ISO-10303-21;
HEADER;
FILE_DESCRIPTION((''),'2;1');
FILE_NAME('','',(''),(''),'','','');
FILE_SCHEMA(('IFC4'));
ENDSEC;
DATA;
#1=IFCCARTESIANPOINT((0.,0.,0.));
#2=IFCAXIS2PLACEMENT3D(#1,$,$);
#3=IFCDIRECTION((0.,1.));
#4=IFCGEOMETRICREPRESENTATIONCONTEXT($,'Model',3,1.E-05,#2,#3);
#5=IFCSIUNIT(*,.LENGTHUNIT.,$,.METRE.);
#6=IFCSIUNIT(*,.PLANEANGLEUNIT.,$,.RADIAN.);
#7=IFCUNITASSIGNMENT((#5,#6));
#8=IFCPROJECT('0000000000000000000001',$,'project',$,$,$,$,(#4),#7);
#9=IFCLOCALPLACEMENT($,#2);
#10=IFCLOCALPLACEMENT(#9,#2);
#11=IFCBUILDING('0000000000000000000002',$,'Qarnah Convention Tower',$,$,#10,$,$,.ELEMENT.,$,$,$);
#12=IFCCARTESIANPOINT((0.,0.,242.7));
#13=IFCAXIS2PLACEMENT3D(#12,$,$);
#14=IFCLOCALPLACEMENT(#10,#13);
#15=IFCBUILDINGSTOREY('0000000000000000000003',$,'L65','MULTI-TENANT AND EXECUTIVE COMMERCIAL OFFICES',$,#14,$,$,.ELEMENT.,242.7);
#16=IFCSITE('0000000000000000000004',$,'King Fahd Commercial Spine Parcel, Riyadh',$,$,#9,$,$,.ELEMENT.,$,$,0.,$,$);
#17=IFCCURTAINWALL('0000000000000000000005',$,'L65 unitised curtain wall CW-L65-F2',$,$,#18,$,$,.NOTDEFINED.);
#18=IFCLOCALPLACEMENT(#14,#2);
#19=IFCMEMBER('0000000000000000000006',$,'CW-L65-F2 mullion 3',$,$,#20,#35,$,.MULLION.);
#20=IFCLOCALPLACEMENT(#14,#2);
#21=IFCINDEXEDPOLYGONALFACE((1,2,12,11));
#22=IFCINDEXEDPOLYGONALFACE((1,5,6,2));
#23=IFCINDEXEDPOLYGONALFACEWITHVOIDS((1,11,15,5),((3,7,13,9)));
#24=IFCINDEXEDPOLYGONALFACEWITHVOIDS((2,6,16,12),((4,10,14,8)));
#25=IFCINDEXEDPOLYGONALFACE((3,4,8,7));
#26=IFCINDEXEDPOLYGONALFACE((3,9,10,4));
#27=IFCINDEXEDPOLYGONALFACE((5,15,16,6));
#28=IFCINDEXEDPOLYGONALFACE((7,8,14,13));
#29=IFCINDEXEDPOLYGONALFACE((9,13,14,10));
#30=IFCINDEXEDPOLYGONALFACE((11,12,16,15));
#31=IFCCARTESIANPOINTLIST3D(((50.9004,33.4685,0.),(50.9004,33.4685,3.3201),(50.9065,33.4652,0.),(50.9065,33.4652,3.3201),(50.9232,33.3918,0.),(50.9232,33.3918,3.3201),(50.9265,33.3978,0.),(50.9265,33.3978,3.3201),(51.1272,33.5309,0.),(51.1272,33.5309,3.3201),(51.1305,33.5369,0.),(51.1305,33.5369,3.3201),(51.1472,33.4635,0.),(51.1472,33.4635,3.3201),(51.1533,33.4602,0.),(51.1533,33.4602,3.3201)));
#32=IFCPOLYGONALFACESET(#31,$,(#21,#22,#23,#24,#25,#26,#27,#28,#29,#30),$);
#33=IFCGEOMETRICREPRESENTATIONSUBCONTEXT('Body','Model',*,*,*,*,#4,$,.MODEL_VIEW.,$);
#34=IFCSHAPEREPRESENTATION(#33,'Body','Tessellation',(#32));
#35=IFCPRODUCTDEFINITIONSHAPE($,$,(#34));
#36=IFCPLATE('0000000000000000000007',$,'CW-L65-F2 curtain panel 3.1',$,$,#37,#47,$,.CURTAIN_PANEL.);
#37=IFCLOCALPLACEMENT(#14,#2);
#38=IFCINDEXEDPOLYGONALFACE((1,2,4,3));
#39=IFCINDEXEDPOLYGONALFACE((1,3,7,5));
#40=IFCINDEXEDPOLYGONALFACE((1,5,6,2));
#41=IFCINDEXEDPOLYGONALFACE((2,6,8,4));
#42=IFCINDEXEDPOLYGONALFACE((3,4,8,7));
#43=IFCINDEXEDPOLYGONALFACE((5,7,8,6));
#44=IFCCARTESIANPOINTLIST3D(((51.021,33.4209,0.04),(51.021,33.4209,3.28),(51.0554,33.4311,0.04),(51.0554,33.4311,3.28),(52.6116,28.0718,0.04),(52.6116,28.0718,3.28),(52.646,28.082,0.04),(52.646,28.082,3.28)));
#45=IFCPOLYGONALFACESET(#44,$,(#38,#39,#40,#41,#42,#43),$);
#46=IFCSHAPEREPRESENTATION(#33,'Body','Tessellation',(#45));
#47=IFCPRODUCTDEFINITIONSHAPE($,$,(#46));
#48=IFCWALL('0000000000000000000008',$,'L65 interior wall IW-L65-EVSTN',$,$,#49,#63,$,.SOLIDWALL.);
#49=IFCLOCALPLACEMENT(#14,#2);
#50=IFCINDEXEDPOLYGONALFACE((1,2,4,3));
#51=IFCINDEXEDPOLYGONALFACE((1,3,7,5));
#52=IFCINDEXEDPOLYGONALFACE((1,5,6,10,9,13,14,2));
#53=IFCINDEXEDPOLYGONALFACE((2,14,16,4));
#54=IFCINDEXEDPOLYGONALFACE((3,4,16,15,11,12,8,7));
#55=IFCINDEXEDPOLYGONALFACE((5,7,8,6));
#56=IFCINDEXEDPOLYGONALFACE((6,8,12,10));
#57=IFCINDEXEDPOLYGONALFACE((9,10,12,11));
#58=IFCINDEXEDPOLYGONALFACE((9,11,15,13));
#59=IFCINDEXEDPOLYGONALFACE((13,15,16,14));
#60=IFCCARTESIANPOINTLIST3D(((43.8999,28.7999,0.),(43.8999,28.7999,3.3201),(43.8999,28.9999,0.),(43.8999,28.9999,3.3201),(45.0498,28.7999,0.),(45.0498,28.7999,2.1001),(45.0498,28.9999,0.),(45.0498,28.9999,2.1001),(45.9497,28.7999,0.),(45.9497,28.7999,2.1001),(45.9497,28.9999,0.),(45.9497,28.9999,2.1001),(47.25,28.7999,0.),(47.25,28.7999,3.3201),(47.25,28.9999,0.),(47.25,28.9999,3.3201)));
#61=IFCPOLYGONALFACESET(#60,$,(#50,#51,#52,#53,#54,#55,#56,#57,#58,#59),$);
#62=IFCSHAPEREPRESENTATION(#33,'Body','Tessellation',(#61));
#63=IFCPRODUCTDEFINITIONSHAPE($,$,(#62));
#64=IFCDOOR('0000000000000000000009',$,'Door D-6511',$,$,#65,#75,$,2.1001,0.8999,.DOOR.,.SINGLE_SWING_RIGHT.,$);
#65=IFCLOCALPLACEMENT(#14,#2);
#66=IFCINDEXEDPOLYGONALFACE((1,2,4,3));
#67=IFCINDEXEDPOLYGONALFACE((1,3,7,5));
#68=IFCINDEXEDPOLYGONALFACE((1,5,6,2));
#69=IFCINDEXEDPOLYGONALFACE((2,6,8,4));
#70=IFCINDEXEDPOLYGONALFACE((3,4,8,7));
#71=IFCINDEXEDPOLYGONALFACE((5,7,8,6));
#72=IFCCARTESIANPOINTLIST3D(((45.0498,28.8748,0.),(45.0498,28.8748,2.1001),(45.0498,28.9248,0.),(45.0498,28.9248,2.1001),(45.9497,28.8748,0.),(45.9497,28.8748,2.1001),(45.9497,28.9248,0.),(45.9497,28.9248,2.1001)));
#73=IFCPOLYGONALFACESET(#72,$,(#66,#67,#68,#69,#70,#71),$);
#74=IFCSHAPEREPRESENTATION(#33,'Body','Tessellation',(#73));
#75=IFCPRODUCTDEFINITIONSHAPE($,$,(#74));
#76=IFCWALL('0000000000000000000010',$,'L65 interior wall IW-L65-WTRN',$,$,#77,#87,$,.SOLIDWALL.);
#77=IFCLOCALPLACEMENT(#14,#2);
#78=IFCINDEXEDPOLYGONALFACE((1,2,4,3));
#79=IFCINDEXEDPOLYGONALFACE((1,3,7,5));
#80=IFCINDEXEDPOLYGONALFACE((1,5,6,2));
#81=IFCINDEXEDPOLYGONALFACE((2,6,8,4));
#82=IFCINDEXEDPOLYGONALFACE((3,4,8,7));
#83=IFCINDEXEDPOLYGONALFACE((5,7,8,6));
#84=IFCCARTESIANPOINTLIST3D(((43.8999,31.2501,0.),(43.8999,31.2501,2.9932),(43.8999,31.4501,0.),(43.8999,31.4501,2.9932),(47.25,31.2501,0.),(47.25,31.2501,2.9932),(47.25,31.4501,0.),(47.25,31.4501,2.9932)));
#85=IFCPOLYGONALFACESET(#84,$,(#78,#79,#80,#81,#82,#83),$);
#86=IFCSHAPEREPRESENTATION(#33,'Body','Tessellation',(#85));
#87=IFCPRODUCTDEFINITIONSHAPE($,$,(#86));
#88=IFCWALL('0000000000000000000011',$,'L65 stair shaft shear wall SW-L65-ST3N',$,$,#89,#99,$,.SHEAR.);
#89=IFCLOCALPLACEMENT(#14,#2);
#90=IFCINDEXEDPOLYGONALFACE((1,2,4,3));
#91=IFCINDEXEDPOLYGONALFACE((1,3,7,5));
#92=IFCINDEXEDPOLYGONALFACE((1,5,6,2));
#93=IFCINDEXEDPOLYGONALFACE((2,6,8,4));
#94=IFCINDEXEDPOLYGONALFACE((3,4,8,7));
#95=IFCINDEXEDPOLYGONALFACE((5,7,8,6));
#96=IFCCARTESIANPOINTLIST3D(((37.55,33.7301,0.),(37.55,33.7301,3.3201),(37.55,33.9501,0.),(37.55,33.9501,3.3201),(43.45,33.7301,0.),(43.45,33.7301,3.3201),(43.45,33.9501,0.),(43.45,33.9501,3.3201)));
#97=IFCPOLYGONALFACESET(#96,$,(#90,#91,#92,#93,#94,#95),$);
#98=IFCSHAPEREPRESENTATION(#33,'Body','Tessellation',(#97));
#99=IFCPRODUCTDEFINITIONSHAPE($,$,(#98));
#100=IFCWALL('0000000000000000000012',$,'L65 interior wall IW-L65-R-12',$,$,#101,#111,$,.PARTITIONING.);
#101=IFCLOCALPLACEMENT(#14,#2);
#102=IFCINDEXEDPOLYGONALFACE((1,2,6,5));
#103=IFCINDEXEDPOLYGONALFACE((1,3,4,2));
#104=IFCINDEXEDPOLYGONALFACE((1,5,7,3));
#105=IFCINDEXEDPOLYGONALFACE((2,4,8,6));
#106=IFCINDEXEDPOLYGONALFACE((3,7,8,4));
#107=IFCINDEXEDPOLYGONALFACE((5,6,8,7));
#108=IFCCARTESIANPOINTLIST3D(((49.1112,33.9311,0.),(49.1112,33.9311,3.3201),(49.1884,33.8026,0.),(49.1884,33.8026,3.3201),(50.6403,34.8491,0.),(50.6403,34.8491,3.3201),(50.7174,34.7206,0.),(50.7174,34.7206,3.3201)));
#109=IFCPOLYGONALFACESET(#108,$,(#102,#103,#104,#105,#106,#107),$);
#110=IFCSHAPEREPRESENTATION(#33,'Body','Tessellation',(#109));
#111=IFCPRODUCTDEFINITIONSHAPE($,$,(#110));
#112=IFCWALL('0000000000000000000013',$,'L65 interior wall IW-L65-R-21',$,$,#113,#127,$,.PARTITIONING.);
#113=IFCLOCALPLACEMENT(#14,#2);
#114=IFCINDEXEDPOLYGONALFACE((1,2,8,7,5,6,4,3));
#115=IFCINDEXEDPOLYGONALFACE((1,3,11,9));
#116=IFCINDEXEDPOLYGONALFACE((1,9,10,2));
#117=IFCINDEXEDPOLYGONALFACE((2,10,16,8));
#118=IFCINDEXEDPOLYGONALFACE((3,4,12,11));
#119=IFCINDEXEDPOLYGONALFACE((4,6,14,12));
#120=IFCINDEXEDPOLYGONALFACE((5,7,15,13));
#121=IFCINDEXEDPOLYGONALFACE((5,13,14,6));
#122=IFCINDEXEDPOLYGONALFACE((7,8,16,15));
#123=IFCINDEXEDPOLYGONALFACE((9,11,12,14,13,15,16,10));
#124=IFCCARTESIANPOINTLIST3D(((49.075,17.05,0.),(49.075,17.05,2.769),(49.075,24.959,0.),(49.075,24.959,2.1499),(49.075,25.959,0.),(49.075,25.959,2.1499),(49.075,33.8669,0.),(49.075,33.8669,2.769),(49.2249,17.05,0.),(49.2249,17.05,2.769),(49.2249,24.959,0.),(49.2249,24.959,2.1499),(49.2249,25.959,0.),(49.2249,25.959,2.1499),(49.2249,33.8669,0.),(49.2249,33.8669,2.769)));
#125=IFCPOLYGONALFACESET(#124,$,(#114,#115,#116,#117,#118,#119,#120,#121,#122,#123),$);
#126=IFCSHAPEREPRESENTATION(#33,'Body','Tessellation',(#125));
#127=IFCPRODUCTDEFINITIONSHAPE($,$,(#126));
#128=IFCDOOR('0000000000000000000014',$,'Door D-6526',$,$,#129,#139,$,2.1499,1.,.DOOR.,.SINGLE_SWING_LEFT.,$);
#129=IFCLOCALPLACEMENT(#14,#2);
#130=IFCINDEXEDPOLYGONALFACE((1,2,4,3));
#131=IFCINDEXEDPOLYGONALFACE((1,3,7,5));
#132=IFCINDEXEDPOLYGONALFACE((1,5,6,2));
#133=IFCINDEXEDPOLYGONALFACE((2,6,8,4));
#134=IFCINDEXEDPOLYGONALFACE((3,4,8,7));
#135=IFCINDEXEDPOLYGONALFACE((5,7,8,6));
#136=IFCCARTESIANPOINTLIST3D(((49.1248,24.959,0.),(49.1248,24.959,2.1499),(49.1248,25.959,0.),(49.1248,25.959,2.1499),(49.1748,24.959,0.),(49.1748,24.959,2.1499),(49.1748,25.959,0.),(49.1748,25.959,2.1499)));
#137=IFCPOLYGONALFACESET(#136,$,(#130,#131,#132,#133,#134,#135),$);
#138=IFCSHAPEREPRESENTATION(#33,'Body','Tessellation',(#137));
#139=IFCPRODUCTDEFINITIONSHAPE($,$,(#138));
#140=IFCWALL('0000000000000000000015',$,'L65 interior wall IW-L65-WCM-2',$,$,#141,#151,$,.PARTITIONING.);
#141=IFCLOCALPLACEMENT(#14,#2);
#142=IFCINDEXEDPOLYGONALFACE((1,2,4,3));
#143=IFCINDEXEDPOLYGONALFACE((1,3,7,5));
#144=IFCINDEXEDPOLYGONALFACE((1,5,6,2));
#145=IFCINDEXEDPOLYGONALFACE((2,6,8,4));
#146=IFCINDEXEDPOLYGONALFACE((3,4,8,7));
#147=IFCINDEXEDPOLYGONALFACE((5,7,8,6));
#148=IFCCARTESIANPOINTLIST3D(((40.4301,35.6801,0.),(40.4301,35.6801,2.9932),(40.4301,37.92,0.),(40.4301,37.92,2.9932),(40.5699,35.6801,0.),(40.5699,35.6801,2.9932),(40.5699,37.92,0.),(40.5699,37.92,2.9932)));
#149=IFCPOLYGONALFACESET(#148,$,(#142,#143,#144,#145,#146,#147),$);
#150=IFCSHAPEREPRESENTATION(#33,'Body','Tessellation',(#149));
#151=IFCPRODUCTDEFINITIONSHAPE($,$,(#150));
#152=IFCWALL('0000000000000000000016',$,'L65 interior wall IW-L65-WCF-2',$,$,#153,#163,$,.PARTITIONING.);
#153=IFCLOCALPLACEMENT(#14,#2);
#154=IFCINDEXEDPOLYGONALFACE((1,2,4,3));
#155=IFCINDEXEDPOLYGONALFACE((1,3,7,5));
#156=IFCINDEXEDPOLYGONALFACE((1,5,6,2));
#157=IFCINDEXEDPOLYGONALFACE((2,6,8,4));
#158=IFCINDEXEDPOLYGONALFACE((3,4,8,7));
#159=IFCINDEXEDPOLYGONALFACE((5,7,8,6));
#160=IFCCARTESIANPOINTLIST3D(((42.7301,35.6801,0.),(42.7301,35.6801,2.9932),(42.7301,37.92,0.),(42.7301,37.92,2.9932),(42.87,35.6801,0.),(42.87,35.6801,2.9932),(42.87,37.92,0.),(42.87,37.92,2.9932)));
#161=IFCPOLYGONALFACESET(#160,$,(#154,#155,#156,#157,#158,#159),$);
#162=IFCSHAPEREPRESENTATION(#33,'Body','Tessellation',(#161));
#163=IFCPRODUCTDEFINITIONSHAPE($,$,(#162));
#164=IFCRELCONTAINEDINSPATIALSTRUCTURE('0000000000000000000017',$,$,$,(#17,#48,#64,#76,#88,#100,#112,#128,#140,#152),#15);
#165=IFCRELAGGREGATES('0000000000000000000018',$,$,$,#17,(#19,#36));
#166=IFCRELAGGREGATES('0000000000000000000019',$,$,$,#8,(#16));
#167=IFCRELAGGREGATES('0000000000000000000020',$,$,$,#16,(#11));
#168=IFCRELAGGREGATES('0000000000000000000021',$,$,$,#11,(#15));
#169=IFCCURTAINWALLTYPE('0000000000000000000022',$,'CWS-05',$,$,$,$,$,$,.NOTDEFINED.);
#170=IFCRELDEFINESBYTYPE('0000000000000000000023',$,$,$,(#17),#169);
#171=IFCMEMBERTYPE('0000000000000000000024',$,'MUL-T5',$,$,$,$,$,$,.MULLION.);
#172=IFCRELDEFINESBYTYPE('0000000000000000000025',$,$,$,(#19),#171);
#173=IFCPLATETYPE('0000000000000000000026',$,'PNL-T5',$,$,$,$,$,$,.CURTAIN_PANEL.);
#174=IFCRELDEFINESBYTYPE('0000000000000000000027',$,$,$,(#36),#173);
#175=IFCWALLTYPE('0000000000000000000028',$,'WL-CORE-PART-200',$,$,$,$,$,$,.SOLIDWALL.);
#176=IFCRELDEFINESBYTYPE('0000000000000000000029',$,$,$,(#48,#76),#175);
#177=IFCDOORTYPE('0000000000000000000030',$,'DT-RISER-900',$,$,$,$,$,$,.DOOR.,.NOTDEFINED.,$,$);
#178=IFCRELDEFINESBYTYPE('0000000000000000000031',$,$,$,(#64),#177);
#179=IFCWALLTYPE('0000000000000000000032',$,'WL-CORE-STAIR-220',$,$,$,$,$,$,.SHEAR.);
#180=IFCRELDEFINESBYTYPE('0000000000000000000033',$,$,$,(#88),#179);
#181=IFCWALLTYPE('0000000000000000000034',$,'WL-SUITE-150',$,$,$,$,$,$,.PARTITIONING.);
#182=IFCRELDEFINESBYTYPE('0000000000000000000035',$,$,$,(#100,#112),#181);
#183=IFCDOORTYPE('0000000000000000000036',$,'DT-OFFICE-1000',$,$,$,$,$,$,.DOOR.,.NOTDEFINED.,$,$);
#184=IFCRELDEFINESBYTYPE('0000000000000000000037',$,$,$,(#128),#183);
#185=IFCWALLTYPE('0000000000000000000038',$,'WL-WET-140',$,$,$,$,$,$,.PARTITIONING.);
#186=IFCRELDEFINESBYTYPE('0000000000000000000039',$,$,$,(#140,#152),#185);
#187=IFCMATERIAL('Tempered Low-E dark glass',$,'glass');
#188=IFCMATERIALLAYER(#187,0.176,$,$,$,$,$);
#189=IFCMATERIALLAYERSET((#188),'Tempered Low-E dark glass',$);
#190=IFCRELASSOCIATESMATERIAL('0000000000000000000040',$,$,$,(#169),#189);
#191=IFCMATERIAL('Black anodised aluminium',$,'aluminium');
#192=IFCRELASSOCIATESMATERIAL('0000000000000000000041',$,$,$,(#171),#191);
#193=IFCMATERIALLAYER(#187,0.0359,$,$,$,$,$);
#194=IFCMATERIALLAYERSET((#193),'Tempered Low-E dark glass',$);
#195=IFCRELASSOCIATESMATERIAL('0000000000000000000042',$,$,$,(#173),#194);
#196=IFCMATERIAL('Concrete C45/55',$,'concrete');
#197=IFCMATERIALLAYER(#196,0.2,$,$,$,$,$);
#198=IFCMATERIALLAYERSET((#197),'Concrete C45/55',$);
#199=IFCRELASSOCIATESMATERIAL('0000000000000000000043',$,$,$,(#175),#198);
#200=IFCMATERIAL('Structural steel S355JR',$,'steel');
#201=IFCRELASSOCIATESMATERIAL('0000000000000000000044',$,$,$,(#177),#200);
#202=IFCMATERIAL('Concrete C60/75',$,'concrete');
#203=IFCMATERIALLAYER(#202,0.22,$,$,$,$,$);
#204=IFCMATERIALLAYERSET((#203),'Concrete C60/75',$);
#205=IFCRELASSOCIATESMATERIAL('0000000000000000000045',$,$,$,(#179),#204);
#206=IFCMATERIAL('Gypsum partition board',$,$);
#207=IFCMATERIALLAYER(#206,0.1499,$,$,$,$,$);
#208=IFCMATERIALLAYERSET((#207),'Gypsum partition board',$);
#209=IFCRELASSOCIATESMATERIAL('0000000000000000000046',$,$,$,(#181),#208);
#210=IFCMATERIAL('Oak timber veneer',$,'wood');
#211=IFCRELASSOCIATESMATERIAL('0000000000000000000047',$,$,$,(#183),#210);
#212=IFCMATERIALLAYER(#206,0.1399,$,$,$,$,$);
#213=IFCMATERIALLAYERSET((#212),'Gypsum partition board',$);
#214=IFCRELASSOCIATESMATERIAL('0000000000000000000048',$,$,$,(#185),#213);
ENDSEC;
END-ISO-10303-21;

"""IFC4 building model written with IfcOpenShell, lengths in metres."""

from ifc_helpers import new_model, si_unit, direction, frame, frame_2d, origin, origin_2d, place, context, subcontext, project, spatial, rectangle, hollow_rectangle, extrude, material, layer, layer_set, material_profile, profile_set, type_object, element, fill, aggregate, save


model = new_model("IFC4")

# Units and contexts
model_context = context("Model", 3, precision=1e-05, world=origin(), true_north=direction((0.0, 1.0)))
body_context = subcontext(model_context, "Body", "Model", "MODEL_VIEW")
ifc_project = project(units=[si_unit("LENGTHUNIT", "METRE"), si_unit("PLANEANGLEUNIT", "RADIAN")], contexts=[model_context])

# Site, building, storey
site_placement = place(None, origin())
site = spatial("IfcSite", under=ifc_project, at=site_placement, Name="King Fahd Commercial Spine Parcel, Riyadh", CompositionType="ELEMENT", RefElevation=0.0)
building_placement = place(site_placement, origin())
building = spatial("IfcBuilding", under=site, at=building_placement, Name="Qarnah Convention Tower", CompositionType="ELEMENT")
storey_placement = place(building_placement, frame((0.0, 0.0, 242.7)))
storey = spatial("IfcBuildingStorey", under=building, at=storey_placement, Name="L65", Description="MULTI-TENANT AND EXECUTIVE COMMERCIAL OFFICES", CompositionType="ELEMENT", Elevation=242.7)

# Shared definitions
ifc_material_1 = material(Name="Structural steel S355JR", Category="steel")

# Curtain wall, member, plate
ifc_material_2 = material(Name="Tempered Low-E dark glass", Category="glass")
ifc_layer_1 = layer(ifc_material_2, 0.176)
ifc_layer_set_1 = layer_set([ifc_layer_1], Name="Tempered Low-E dark glass")
curtain_wall_type = type_object("IfcCurtainWallType", Name="CWS-05", PredefinedType="NOTDEFINED", material=ifc_layer_set_1)
curtain_wall_placement = place(storey_placement, origin())
curtain_wall = element("IfcCurtainWall", 1, at=curtain_wall_placement, inside=storey, type_object=curtain_wall_type, Name="L65 unitised curtain wall CW-L65-F2", PredefinedType="NOTDEFINED")
ifc_material_3 = material(Name="Black anodised aluminium", Category="aluminium")
ifc_material_profile_1 = material_profile(ifc_material_3, hollow_rectangle(XDim=0.0801, YDim=0.24, WallThickness=0.0049, at=origin_2d()), Name="MUL-80X240")
ifc_profile_set_1 = profile_set([ifc_material_profile_1], Name="Black anodised aluminium")
member_type = type_object("IfcMemberType", Name="MUL-T5", PredefinedType="MULLION", material=ifc_profile_set_1)
member_placement = place(storey_placement, frame((51.0269, 33.4644, 0.0), z_axis=(0.0, 0.0, 1.0), x_axis=(0.285023, -0.958521, 0.0)))
member = element("IfcMember", 2, at=member_placement, type_object=member_type, Name="CW-L65-F2 mullion 3", PredefinedType="MULLION", context=body_context, shape_type="SweptSolid", body=[
    extrude(hollow_rectangle(XDim=0.0801, YDim=0.24, WallThickness=0.0049, at=origin_2d()), origin(), (0.0, 0.0, 1.0), 3.3201),
])
ifc_layer_2 = layer(ifc_material_2, 0.0359)
ifc_layer_set_2 = layer_set([ifc_layer_2], Name="Tempered Low-E dark glass")
plate_type = type_object("IfcPlateType", Name="PNL-T5", PredefinedType="CURTAIN_PANEL", material=ifc_layer_set_2)
plate_placement = place(storey_placement, frame((51.8335, 30.7515, 0.04), z_axis=(0.0, 0.0, 1.0), x_axis=(0.285023, -0.958521, 0.0)))
plate = element("IfcPlate", 3, at=plate_placement, type_object=plate_type, Name="CW-L65-F2 curtain panel 3.1", PredefinedType="CURTAIN_PANEL", context=body_context, shape_type="SweptSolid", body=[
    extrude(rectangle(XDim=5.5806, YDim=0.0359, at=origin_2d()), origin(), (0.0, 0.0, 1.0), 3.24),
])
aggregate(curtain_wall, [member, plate])

# Wall, opening, door
ifc_material_4 = material(Name="Concrete C45/55", Category="concrete")
ifc_layer_3 = layer(ifc_material_4, 0.2)
ifc_layer_set_3 = layer_set([ifc_layer_3], Name="Concrete C45/55")
wall_type_1 = type_object("IfcWallType", Name="WL-CORE-PART-200", PredefinedType="SOLIDWALL", material=ifc_layer_set_3)
wall_1_placement = place(storey_placement, frame((43.8999, 28.8999, 0.0), z_axis=(0.0, 0.0, 1.0), x_axis=(1.0, 0.0, 0.0)))
wall_1 = element("IfcWall", 4, at=wall_1_placement, inside=storey, type_object=wall_type_1, Name="L65 interior wall IW-L65-EVSTN", PredefinedType="SOLIDWALL", context=body_context, shape_type="SweptSolid", body=[
    extrude(rectangle(XDim=3.3501, YDim=0.2, at=frame_2d((1.675, 0.0))), origin(), (0.0, 0.0, 1.0), 3.3201),
])
opening_1_placement = place(wall_1_placement, frame((1.1499, 0.0, 0.0)))
opening_1 = element("IfcOpeningElement", 5, at=opening_1_placement, cuts=wall_1, PredefinedType="OPENING", context=body_context, shape_type="SweptSolid", body=[
    extrude(rectangle(XDim=0.8999, YDim=2.1001, at=frame_2d((0.45, 1.05))), frame((0.0, 0.1099, 0.0), z_axis=(0.0, -1.0, 0.0), x_axis=(1.0, 0.0, 0.0)), (0.0, 0.0, 1.0), 0.22),
])
door_type_1 = type_object("IfcDoorType", Name="DT-RISER-900", OperationType="NOTDEFINED", PredefinedType="DOOR", material=ifc_material_1)
door_1_placement = place(opening_1_placement, origin())
door_1 = element("IfcDoor", 6, at=door_1_placement, inside=storey, type_object=door_type_1, Name="Door D-6511", OperationType="SINGLE_SWING_RIGHT", OverallHeight=2.1001, OverallWidth=0.8999, PredefinedType="DOOR", context=body_context, shape_type="SweptSolid", body=[
    extrude(rectangle(XDim=0.8999, YDim=2.1001, at=frame_2d((0.45, 1.05))), frame((0.0, 0.0249, 0.0), z_axis=(0.0, -1.0, 0.0), x_axis=(1.0, 0.0, 0.0)), (0.0, 0.0, 1.0), 0.05),
])
fill(opening_1, door_1)

# Walls
wall_2_placement = place(storey_placement, frame((43.8999, 31.3501, 0.0), z_axis=(0.0, 0.0, 1.0), x_axis=(1.0, 0.0, 0.0)))
element("IfcWall", 7, at=wall_2_placement, inside=storey, type_object=wall_type_1, Name="L65 interior wall IW-L65-WTRN", PredefinedType="SOLIDWALL", context=body_context, shape_type="SweptSolid", body=[
    extrude(rectangle(XDim=3.3501, YDim=0.2, at=frame_2d((1.675, 0.0))), origin(), (0.0, 0.0, 1.0), 2.9932),
])
ifc_material_5 = material(Name="Concrete C60/75", Category="concrete")
ifc_layer_4 = layer(ifc_material_5, 0.22)
ifc_layer_set_4 = layer_set([ifc_layer_4], Name="Concrete C60/75")
wall_type_2 = type_object("IfcWallType", Name="WL-CORE-STAIR-220", PredefinedType="SHEAR", material=ifc_layer_set_4)
wall_3_placement = place(storey_placement, frame((37.55, 33.8401, 0.0), z_axis=(0.0, 0.0, 1.0), x_axis=(1.0, 0.0, 0.0)))
element("IfcWall", 8, at=wall_3_placement, inside=storey, type_object=wall_type_2, Name="L65 stair shaft shear wall SW-L65-ST3N", PredefinedType="SHEAR", context=body_context, shape_type="SweptSolid", body=[
    extrude(rectangle(XDim=5.8999, YDim=0.22, at=frame_2d((2.95, 0.0))), origin(), (0.0, 0.0, 1.0), 3.3201),
])
ifc_material_6 = material(Name="Gypsum partition board")
ifc_layer_5 = layer(ifc_material_6, 0.1499)
ifc_layer_set_5 = layer_set([ifc_layer_5], Name="Gypsum partition board")
wall_type_3 = type_object("IfcWallType", Name="WL-SUITE-150", PredefinedType="PARTITIONING", material=ifc_layer_set_5)
wall_4_placement = place(storey_placement, frame((49.1499, 33.8669, 0.0), z_axis=(0.0, 0.0, 1.0), x_axis=(0.85736, 0.514717, 0.0)))
element("IfcWall", 9, at=wall_4_placement, inside=storey, type_object=wall_type_3, Name="L65 interior wall IW-L65-R-12", PredefinedType="PARTITIONING", context=body_context, shape_type="SweptSolid", body=[
    extrude(rectangle(XDim=1.7834, YDim=0.1499, at=frame_2d((0.8916, 0.0))), origin(), (0.0, 0.0, 1.0), 3.3201),
])

# Wall, opening, door
wall_5_placement = place(storey_placement, frame((49.1499, 33.8669, 0.0), z_axis=(0.0, 0.0, 1.0), x_axis=(0.0, -1.0, 0.0)))
wall_5 = element("IfcWall", 10, at=wall_5_placement, inside=storey, type_object=wall_type_3, Name="L65 interior wall IW-L65-R-21", PredefinedType="PARTITIONING", context=body_context, shape_type="SweptSolid", body=[
    extrude(rectangle(XDim=16.8169, YDim=0.1499, at=frame_2d((8.4084, 0.0))), origin(), (0.0, 0.0, 1.0), 2.769),
])
opening_2_placement = place(wall_5_placement, frame((7.908, 0.0, 0.0)))
opening_2 = element("IfcOpeningElement", 11, at=opening_2_placement, cuts=wall_5, PredefinedType="OPENING", context=body_context, shape_type="SweptSolid", body=[
    extrude(rectangle(XDim=1.0, YDim=2.1499, at=frame_2d((0.5, 1.075))), frame((0.0, 0.085, 0.0), z_axis=(0.0, -1.0, 0.0), x_axis=(1.0, 0.0, 0.0)), (0.0, 0.0, 1.0), 0.1699),
])
ifc_material_7 = material(Name="Oak timber veneer", Category="wood")
door_type_2 = type_object("IfcDoorType", Name="DT-OFFICE-1000", OperationType="NOTDEFINED", PredefinedType="DOOR", material=ifc_material_7)
door_2_placement = place(opening_2_placement, origin())
door_2 = element("IfcDoor", 12, at=door_2_placement, inside=storey, type_object=door_type_2, Name="Door D-6526", OperationType="SINGLE_SWING_LEFT", OverallHeight=2.1499, OverallWidth=1.0, PredefinedType="DOOR", context=body_context, shape_type="SweptSolid", body=[
    extrude(rectangle(XDim=1.0, YDim=2.1499, at=frame_2d((0.5, 1.075))), frame((0.0, 0.0249, 0.0), z_axis=(0.0, -1.0, 0.0), x_axis=(1.0, 0.0, 0.0)), (0.0, 0.0, 1.0), 0.05),
])
fill(opening_2, door_2)

# Walls
ifc_layer_6 = layer(ifc_material_6, 0.1399)
ifc_layer_set_6 = layer_set([ifc_layer_6], Name="Gypsum partition board")
wall_type_4 = type_object("IfcWallType", Name="WL-WET-140", PredefinedType="PARTITIONING", material=ifc_layer_set_6)
for number, where, z_axis, x_axis, name in (
    (13, (40.5, 35.6799, 0.0), (0.0, 0.0, 1.0), (0.0, 1.0, 0.0), "L65 interior wall IW-L65-WCM-2"),
    (14, (42.8, 35.6799, 0.0), (0.0, 0.0, 1.0), (0.0, 1.0, 0.0), "L65 interior wall IW-L65-WCF-2"),
):
    element("IfcWall", number, at=place(storey_placement, frame(where, z_axis=z_axis, x_axis=x_axis)), inside=storey, type_object=wall_type_4, Name=name, PredefinedType="PARTITIONING", context=body_context, shape_type="SweptSolid", body=[
        extrude(rectangle(XDim=2.24, YDim=0.1399, at=frame_2d((1.1201, 0.0))), origin(), (0.0, 0.0, 1.0), 2.9932),
    ])

save(model, "model.ifc")
